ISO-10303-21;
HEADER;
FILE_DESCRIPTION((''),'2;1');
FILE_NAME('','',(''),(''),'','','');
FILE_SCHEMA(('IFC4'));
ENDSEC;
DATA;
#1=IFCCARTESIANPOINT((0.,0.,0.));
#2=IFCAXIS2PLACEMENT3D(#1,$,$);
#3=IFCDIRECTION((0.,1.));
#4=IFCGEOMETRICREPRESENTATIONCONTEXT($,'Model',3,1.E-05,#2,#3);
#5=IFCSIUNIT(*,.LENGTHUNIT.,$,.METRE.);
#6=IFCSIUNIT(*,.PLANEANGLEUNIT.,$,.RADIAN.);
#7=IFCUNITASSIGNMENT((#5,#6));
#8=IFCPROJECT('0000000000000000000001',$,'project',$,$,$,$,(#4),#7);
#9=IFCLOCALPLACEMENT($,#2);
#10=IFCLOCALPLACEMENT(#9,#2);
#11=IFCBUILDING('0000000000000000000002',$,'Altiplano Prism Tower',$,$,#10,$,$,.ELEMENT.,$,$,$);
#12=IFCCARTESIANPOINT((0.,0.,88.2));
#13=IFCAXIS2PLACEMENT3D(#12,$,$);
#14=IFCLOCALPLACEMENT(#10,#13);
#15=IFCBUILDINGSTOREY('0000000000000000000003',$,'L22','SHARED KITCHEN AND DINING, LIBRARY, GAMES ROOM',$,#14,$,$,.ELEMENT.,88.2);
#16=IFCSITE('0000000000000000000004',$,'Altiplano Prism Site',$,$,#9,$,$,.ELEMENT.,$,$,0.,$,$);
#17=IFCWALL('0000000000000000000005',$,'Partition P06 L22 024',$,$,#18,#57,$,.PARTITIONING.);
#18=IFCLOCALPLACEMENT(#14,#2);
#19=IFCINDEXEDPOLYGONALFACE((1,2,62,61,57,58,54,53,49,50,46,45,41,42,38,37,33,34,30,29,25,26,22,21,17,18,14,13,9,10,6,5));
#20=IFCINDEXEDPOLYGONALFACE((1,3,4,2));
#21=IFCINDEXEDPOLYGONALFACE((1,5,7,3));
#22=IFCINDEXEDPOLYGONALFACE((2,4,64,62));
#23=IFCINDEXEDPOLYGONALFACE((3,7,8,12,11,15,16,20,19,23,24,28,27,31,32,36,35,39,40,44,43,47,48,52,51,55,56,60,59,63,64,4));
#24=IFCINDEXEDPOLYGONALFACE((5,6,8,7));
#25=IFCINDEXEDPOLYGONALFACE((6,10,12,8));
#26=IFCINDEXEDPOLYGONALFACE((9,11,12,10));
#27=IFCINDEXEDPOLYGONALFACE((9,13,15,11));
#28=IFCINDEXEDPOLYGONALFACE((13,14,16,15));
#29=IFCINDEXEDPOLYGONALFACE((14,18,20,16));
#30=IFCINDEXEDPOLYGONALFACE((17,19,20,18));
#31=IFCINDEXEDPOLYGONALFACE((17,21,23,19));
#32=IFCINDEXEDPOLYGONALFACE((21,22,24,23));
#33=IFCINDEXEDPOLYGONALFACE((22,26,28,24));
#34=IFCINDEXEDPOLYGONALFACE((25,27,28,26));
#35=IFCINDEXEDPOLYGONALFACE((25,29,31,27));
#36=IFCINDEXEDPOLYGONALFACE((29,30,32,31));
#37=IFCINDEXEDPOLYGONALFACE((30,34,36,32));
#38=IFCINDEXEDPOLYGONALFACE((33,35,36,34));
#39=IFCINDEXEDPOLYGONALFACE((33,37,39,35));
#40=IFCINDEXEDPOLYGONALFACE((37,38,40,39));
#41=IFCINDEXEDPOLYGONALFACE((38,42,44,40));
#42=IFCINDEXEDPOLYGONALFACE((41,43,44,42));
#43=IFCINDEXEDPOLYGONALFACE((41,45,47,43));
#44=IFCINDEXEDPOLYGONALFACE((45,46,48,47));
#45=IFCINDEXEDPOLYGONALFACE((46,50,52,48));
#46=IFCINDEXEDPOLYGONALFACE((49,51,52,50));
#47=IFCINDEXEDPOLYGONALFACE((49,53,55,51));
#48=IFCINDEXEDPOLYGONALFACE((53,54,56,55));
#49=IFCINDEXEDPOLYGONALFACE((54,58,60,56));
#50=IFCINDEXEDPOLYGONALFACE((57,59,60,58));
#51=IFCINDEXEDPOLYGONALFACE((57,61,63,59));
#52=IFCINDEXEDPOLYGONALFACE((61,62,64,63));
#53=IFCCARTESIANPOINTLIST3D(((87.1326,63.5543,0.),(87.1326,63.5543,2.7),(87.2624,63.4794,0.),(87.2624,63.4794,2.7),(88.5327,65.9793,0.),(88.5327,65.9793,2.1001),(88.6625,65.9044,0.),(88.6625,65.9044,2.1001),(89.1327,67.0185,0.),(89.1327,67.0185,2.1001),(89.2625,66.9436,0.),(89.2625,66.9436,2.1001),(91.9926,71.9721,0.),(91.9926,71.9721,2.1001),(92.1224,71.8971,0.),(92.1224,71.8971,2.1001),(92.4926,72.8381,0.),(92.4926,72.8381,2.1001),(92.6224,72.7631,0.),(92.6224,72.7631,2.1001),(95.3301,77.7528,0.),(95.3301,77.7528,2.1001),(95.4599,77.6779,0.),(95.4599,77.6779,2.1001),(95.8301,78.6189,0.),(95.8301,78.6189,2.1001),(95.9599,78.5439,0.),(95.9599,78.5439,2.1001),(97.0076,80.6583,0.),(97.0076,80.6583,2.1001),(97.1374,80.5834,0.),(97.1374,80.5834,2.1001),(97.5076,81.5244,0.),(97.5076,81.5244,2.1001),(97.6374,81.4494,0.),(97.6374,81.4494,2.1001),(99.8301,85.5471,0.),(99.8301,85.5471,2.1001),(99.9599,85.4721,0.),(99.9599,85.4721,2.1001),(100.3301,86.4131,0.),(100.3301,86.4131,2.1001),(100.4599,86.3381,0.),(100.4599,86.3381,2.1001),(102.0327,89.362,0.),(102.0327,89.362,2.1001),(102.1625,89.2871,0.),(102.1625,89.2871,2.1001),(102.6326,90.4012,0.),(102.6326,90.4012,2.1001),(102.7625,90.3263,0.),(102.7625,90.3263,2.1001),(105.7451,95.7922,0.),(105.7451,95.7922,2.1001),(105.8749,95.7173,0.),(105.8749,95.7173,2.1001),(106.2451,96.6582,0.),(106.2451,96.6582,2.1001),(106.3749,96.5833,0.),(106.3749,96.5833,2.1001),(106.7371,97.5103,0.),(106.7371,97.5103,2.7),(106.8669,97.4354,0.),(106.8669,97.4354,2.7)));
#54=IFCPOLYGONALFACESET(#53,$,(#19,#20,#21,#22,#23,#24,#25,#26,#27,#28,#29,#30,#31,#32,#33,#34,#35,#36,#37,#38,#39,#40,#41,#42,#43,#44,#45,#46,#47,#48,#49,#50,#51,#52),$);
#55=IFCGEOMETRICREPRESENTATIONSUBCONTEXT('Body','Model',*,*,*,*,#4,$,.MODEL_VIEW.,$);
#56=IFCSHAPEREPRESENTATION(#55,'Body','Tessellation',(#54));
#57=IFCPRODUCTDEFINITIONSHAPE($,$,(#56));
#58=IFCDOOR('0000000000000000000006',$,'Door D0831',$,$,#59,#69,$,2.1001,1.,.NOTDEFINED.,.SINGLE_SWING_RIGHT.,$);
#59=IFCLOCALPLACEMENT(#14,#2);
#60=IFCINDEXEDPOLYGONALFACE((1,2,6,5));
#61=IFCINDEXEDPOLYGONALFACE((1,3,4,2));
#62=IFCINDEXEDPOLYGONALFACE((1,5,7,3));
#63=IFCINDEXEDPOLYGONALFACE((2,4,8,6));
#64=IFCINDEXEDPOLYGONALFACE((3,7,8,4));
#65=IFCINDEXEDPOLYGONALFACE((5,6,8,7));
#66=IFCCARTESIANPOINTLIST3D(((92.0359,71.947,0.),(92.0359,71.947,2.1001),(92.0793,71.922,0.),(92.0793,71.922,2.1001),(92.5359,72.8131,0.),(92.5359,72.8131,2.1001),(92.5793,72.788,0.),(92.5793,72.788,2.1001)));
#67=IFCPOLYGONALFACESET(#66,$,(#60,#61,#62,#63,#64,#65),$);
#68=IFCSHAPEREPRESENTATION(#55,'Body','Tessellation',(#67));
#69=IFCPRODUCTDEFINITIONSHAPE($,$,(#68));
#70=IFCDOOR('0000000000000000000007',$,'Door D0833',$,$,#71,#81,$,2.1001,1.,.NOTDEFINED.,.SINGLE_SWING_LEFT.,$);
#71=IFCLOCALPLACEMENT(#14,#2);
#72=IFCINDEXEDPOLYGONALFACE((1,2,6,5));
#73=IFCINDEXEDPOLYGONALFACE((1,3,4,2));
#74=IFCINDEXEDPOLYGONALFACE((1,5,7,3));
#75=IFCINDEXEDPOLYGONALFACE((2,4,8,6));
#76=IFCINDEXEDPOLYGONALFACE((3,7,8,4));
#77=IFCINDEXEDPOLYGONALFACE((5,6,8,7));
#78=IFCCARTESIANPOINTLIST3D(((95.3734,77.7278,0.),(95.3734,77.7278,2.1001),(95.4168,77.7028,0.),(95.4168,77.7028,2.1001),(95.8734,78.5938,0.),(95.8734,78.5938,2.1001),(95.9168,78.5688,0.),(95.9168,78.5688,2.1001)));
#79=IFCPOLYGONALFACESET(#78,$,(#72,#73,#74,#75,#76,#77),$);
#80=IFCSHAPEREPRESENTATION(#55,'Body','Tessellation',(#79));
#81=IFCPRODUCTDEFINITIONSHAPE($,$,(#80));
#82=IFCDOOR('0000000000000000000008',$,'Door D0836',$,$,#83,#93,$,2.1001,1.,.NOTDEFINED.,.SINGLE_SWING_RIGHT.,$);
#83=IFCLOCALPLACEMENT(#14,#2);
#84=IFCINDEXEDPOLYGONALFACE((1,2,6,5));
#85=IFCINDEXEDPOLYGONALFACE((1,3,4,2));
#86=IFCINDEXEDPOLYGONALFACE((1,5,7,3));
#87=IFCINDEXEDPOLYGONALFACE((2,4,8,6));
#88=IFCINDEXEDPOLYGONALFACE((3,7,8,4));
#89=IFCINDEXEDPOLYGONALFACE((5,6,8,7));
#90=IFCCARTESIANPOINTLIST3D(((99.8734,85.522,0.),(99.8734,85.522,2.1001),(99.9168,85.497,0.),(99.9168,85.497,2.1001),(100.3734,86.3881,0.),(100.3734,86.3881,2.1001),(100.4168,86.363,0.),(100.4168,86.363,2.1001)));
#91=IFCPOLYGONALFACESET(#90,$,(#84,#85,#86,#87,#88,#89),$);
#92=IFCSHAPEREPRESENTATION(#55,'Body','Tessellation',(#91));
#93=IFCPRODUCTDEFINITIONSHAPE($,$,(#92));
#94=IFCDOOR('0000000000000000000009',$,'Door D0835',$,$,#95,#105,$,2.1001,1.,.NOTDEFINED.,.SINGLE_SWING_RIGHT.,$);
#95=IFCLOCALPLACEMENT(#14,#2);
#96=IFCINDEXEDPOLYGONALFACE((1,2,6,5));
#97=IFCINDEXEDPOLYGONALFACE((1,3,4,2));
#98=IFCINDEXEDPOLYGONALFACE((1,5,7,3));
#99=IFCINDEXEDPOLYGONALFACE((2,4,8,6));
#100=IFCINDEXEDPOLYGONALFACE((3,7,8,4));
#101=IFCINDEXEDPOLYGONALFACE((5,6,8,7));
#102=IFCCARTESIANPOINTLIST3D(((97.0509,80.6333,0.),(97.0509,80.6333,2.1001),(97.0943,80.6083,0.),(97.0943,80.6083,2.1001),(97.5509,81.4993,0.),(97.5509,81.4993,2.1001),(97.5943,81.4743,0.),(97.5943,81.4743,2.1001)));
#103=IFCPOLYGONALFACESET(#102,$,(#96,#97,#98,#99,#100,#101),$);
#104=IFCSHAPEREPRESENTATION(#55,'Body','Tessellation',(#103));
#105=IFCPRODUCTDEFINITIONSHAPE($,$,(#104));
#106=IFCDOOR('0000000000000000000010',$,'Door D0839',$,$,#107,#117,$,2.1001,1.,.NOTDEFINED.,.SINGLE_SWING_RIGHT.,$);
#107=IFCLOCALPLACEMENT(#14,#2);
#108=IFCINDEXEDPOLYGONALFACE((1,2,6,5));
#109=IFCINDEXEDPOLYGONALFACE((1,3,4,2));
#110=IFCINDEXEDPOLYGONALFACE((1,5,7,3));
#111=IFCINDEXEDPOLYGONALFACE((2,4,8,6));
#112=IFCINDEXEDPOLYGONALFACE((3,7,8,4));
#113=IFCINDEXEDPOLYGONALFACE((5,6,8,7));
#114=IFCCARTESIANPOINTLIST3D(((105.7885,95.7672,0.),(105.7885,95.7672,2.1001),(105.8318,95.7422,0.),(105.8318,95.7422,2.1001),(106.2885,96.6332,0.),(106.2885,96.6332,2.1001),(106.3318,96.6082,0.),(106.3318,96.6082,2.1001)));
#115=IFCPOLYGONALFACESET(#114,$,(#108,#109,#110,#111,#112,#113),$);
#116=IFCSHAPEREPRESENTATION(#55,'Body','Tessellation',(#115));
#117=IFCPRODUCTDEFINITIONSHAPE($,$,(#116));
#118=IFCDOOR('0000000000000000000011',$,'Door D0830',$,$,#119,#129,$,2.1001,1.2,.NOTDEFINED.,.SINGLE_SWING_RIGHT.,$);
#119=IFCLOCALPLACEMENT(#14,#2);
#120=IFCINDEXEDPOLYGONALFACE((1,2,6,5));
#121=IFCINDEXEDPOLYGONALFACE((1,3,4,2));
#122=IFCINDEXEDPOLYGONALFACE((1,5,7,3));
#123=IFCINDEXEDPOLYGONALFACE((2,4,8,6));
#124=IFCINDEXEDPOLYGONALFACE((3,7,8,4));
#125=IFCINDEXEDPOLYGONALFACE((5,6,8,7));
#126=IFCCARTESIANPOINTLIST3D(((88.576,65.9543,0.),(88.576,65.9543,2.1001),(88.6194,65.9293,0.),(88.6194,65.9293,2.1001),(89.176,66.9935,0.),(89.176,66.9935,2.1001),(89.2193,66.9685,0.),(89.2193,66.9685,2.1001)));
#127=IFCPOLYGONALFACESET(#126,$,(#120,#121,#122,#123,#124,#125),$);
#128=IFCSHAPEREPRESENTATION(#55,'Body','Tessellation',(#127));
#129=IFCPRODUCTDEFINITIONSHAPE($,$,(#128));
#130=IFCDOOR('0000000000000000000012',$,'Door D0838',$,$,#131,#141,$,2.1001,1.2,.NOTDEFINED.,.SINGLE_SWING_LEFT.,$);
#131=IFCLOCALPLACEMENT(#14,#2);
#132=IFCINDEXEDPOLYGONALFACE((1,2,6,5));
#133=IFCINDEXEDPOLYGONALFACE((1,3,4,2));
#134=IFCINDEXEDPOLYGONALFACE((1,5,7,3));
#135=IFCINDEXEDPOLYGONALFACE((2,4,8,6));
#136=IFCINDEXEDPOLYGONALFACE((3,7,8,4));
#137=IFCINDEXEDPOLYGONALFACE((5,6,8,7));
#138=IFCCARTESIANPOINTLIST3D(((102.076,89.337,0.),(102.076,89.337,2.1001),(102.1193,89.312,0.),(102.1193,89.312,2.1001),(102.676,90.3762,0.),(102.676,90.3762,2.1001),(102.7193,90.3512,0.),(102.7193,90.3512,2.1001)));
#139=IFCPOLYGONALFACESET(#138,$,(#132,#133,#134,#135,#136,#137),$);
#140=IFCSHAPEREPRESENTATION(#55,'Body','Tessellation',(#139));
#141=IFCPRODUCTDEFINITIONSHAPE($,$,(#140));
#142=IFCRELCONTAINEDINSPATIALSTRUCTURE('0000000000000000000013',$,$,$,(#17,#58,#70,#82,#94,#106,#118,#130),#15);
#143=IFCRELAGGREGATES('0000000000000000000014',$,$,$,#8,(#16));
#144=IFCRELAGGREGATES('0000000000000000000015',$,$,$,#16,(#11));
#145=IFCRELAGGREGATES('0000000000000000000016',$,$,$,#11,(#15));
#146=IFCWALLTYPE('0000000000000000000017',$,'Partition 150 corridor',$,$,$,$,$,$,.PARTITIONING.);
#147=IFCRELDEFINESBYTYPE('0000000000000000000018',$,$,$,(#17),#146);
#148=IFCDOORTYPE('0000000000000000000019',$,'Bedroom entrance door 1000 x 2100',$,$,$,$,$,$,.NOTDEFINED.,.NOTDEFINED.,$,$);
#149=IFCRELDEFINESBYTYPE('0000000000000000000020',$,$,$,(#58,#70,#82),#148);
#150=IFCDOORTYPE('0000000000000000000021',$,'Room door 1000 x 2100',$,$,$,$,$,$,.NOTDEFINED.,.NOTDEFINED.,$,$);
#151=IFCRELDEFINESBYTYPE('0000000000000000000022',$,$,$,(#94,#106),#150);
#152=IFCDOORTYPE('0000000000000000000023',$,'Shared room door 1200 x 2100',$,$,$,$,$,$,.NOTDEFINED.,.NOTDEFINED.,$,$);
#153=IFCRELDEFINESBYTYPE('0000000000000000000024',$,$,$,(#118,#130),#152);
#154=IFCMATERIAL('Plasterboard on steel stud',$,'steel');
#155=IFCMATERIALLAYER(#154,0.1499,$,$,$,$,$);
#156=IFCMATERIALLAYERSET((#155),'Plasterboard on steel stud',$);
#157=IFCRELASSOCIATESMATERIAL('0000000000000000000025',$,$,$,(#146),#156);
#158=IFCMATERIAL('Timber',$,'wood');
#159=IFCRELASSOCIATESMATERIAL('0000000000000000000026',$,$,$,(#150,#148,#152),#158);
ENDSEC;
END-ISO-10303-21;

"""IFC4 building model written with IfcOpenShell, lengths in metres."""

from ifc_helpers import new_model, si_unit, direction, frame, frame_2d, origin, place, context, subcontext, project, spatial, rectangle, extrude, material, layer, layer_set, type_object, element, fill, save


model = new_model("IFC4")

# Units and contexts
model_context = context("Model", 3, precision=1e-05, world=origin(), true_north=direction((0.0, 1.0)))
body_context = subcontext(model_context, "Body", "Model", "MODEL_VIEW")
ifc_project = project(units=[si_unit("LENGTHUNIT", "METRE"), si_unit("PLANEANGLEUNIT", "RADIAN")], contexts=[model_context])

# Site, building, storey
site_placement = place(None, origin())
site = spatial("IfcSite", under=ifc_project, at=site_placement, Name="Altiplano Prism Site", CompositionType="ELEMENT", RefElevation=0.0)
building_placement = place(site_placement, origin())
building = spatial("IfcBuilding", under=site, at=building_placement, Name="Altiplano Prism Tower", CompositionType="ELEMENT")
storey_placement = place(building_placement, frame((0.0, 0.0, 88.2)))
storey = spatial("IfcBuildingStorey", under=building, at=storey_placement, Name="L22", Description="SHARED KITCHEN AND DINING, LIBRARY, GAMES ROOM", CompositionType="ELEMENT", Elevation=88.2)

# Shared definitions
ifc_material_1 = material(Name="Plasterboard on steel stud", Category="steel")
ifc_layer = layer(ifc_material_1, 0.1499)
ifc_layer_set = layer_set([ifc_layer], Name="Plasterboard on steel stud")
wall_type = type_object("IfcWallType", Name="Partition 150 corridor", PredefinedType="PARTITIONING", material=ifc_layer_set)

# Shared definitions
ifc_material_2 = material(Name="Timber", Category="wood")
door_type_1 = type_object("IfcDoorType", Name="Room door 1000 x 2100", OperationType="NOTDEFINED", PredefinedType="NOTDEFINED", material=ifc_material_2)

# Wall, openings, doors
wall_1_placement = place(storey_placement, frame((87.1975, 63.5168, 0.0), z_axis=(0.0, 0.0, 1.0), x_axis=(0.499999, 0.866026, 0.0)))
wall_1 = element("IfcWall", 1, at=wall_1_placement, inside=storey, type_object=wall_type, Name="Partition P06 L22 024", PredefinedType="PARTITIONING", context=body_context, shape_type="SweptSolid", body=[
    extrude(rectangle(XDim=39.209, YDim=0.1499, at=frame_2d((19.6045, 0.0))), origin(), (0.0, 0.0, 1.0), 2.7),
])
opening_1_placement = place(wall_1_placement, frame((2.8, 0.0, 0.0)))
opening_1 = element("IfcOpeningElement", 2, at=opening_1_placement, cuts=wall_1, PredefinedType="OPENING", context=body_context, shape_type="SweptSolid", body=[
    extrude(rectangle(XDim=1.2, YDim=2.1001, at=frame_2d((0.6001, 1.05))), frame((0.0, 0.0854, 0.0), z_axis=(0.0, -1.0, 0.0), x_axis=(1.0, 0.0, 0.0)), (0.0, 0.0, 1.0), 0.1709),
])
opening_2_placement = place(wall_1_placement, frame((9.72, 0.0, 0.0)))
opening_2 = element("IfcOpeningElement", 3, at=opening_2_placement, cuts=wall_1, PredefinedType="OPENING", context=body_context, shape_type="SweptSolid", body=[
    extrude(rectangle(XDim=1.0, YDim=2.1001, at=frame_2d((0.5, 1.05))), frame((0.0, 0.0854, 0.0), z_axis=(0.0, -1.0, 0.0), x_axis=(1.0, 0.0, 0.0)), (0.0, 0.0, 1.0), 0.1709),
])
opening_3_placement = place(wall_1_placement, frame((16.395, 0.0, 0.0)))
opening_3 = element("IfcOpeningElement", 4, at=opening_3_placement, cuts=wall_1, PredefinedType="OPENING", context=body_context, shape_type="SweptSolid", body=[
    extrude(rectangle(XDim=1.0, YDim=2.1001, at=frame_2d((0.5, 1.05))), frame((0.0, 0.0854, 0.0), z_axis=(0.0, -1.0, 0.0), x_axis=(1.0, 0.0, 0.0)), (0.0, 0.0, 1.0), 0.1709),
])
opening_4_placement = place(wall_1_placement, frame((19.75, 0.0, 0.0)))
opening_4 = element("IfcOpeningElement", 5, at=opening_4_placement, cuts=wall_1, PredefinedType="OPENING", context=body_context, shape_type="SweptSolid", body=[
    extrude(rectangle(XDim=1.0, YDim=2.1001, at=frame_2d((0.5, 1.05))), frame((0.0, 0.0854, 0.0), z_axis=(0.0, -1.0, 0.0), x_axis=(1.0, 0.0, 0.0)), (0.0, 0.0, 1.0), 0.1709),
])
opening_5_placement = place(wall_1_placement, frame((25.395, 0.0, 0.0)))
opening_5 = element("IfcOpeningElement", 6, at=opening_5_placement, cuts=wall_1, PredefinedType="OPENING", context=body_context, shape_type="SweptSolid", body=[
    extrude(rectangle(XDim=1.0, YDim=2.1001, at=frame_2d((0.5, 1.05))), frame((0.0, 0.0854, 0.0), z_axis=(0.0, -1.0, 0.0), x_axis=(1.0, 0.0, 0.0)), (0.0, 0.0, 1.0), 0.1709),
])
opening_6_placement = place(wall_1_placement, frame((29.8, 0.0, 0.0)))
opening_6 = element("IfcOpeningElement", 7, at=opening_6_placement, cuts=wall_1, PredefinedType="OPENING", context=body_context, shape_type="SweptSolid", body=[
    extrude(rectangle(XDim=1.2, YDim=2.1001, at=frame_2d((0.6001, 1.05))), frame((0.0, 0.0854, 0.0), z_axis=(0.0, -1.0, 0.0), x_axis=(1.0, 0.0, 0.0)), (0.0, 0.0, 1.0), 0.1709),
])
opening_7_placement = place(wall_1_placement, frame((37.2251, 0.0, 0.0)))
opening_7 = element("IfcOpeningElement", 8, at=opening_7_placement, cuts=wall_1, PredefinedType="OPENING", context=body_context, shape_type="SweptSolid", body=[
    extrude(rectangle(XDim=1.0, YDim=2.1001, at=frame_2d((0.5, 1.05))), frame((0.0, 0.0854, 0.0), z_axis=(0.0, -1.0, 0.0), x_axis=(1.0, 0.0, 0.0)), (0.0, 0.0, 1.0), 0.1709),
])
door_type_2 = type_object("IfcDoorType", Name="Bedroom entrance door 1000 x 2100", OperationType="NOTDEFINED", PredefinedType="NOTDEFINED", material=ifc_material_2)
door_1_placement = place(opening_2_placement, origin())
door_1 = element("IfcDoor", 9, at=door_1_placement, inside=storey, type_object=door_type_2, Name="Door D0831", OperationType="SINGLE_SWING_RIGHT", OverallHeight=2.1001, OverallWidth=1.0, PredefinedType="NOTDEFINED", context=body_context, shape_type="SweptSolid", body=[
    extrude(rectangle(XDim=1.0, YDim=2.1001, at=frame_2d((0.5, 1.05))), frame((0.0, 0.0249, 0.0), z_axis=(0.0, -1.0, 0.0), x_axis=(1.0, 0.0, 0.0)), (0.0, 0.0, 1.0), 0.05),
])
fill(opening_2, door_1)
door_2_placement = place(opening_3_placement, origin())
door_2 = element("IfcDoor", 10, at=door_2_placement, inside=storey, type_object=door_type_2, Name="Door D0833", OperationType="SINGLE_SWING_LEFT", OverallHeight=2.1001, OverallWidth=1.0, PredefinedType="NOTDEFINED", context=body_context, shape_type="SweptSolid", body=[
    extrude(rectangle(XDim=1.0, YDim=2.1001, at=frame_2d((0.5, 1.05))), frame((0.0, 0.0249, 0.0), z_axis=(0.0, -1.0, 0.0), x_axis=(1.0, 0.0, 0.0)), (0.0, 0.0, 1.0), 0.05),
])
fill(opening_3, door_2)
door_3_placement = place(opening_5_placement, origin())
door_3 = element("IfcDoor", 11, at=door_3_placement, inside=storey, type_object=door_type_2, Name="Door D0836", OperationType="SINGLE_SWING_RIGHT", OverallHeight=2.1001, OverallWidth=1.0, PredefinedType="NOTDEFINED", context=body_context, shape_type="SweptSolid", body=[
    extrude(rectangle(XDim=1.0, YDim=2.1001, at=frame_2d((0.5, 1.05))), frame((0.0, 0.0249, 0.0), z_axis=(0.0, -1.0, 0.0), x_axis=(1.0, 0.0, 0.0)), (0.0, 0.0, 1.0), 0.05),
])
fill(opening_5, door_3)
door_4_placement = place(opening_4_placement, origin())
door_4 = element("IfcDoor", 12, at=door_4_placement, inside=storey, type_object=door_type_1, Name="Door D0835", OperationType="SINGLE_SWING_RIGHT", OverallHeight=2.1001, OverallWidth=1.0, PredefinedType="NOTDEFINED", context=body_context, shape_type="SweptSolid", body=[
    extrude(rectangle(XDim=1.0, YDim=2.1001, at=frame_2d((0.5, 1.05))), frame((0.0, 0.0249, 0.0), z_axis=(0.0, -1.0, 0.0), x_axis=(1.0, 0.0, 0.0)), (0.0, 0.0, 1.0), 0.05),
])
fill(opening_4, door_4)
door_5_placement = place(opening_7_placement, origin())
door_5 = element("IfcDoor", 13, at=door_5_placement, inside=storey, type_object=door_type_1, Name="Door D0839", OperationType="SINGLE_SWING_RIGHT", OverallHeight=2.1001, OverallWidth=1.0, PredefinedType="NOTDEFINED", context=body_context, shape_type="SweptSolid", body=[
    extrude(rectangle(XDim=1.0, YDim=2.1001, at=frame_2d((0.5, 1.05))), frame((0.0, 0.0249, 0.0), z_axis=(0.0, -1.0, 0.0), x_axis=(1.0, 0.0, 0.0)), (0.0, 0.0, 1.0), 0.05),
])
fill(opening_7, door_5)
door_type_3 = type_object("IfcDoorType", Name="Shared room door 1200 x 2100", OperationType="NOTDEFINED", PredefinedType="NOTDEFINED", material=ifc_material_2)
door_6_placement = place(opening_1_placement, origin())
door_6 = element("IfcDoor", 14, at=door_6_placement, inside=storey, type_object=door_type_3, Name="Door D0830", OperationType="SINGLE_SWING_RIGHT", OverallHeight=2.1001, OverallWidth=1.2, PredefinedType="NOTDEFINED", context=body_context, shape_type="SweptSolid", body=[
    extrude(rectangle(XDim=1.2, YDim=2.1001, at=frame_2d((0.6001, 1.05))), frame((0.0, 0.0249, 0.0), z_axis=(0.0, -1.0, 0.0), x_axis=(1.0, 0.0, 0.0)), (0.0, 0.0, 1.0), 0.05),
])
fill(opening_1, door_6)
door_7_placement = place(opening_6_placement, origin())
door_7 = element("IfcDoor", 15, at=door_7_placement, inside=storey, type_object=door_type_3, Name="Door D0838", OperationType="SINGLE_SWING_LEFT", OverallHeight=2.1001, OverallWidth=1.2, PredefinedType="NOTDEFINED", context=body_context, shape_type="SweptSolid", body=[
    extrude(rectangle(XDim=1.2, YDim=2.1001, at=frame_2d((0.6001, 1.05))), frame((0.0, 0.0249, 0.0), z_axis=(0.0, -1.0, 0.0), x_axis=(1.0, 0.0, 0.0)), (0.0, 0.0, 1.0), 0.05),
])
fill(opening_6, door_7)

save(model, "model.ifc")
